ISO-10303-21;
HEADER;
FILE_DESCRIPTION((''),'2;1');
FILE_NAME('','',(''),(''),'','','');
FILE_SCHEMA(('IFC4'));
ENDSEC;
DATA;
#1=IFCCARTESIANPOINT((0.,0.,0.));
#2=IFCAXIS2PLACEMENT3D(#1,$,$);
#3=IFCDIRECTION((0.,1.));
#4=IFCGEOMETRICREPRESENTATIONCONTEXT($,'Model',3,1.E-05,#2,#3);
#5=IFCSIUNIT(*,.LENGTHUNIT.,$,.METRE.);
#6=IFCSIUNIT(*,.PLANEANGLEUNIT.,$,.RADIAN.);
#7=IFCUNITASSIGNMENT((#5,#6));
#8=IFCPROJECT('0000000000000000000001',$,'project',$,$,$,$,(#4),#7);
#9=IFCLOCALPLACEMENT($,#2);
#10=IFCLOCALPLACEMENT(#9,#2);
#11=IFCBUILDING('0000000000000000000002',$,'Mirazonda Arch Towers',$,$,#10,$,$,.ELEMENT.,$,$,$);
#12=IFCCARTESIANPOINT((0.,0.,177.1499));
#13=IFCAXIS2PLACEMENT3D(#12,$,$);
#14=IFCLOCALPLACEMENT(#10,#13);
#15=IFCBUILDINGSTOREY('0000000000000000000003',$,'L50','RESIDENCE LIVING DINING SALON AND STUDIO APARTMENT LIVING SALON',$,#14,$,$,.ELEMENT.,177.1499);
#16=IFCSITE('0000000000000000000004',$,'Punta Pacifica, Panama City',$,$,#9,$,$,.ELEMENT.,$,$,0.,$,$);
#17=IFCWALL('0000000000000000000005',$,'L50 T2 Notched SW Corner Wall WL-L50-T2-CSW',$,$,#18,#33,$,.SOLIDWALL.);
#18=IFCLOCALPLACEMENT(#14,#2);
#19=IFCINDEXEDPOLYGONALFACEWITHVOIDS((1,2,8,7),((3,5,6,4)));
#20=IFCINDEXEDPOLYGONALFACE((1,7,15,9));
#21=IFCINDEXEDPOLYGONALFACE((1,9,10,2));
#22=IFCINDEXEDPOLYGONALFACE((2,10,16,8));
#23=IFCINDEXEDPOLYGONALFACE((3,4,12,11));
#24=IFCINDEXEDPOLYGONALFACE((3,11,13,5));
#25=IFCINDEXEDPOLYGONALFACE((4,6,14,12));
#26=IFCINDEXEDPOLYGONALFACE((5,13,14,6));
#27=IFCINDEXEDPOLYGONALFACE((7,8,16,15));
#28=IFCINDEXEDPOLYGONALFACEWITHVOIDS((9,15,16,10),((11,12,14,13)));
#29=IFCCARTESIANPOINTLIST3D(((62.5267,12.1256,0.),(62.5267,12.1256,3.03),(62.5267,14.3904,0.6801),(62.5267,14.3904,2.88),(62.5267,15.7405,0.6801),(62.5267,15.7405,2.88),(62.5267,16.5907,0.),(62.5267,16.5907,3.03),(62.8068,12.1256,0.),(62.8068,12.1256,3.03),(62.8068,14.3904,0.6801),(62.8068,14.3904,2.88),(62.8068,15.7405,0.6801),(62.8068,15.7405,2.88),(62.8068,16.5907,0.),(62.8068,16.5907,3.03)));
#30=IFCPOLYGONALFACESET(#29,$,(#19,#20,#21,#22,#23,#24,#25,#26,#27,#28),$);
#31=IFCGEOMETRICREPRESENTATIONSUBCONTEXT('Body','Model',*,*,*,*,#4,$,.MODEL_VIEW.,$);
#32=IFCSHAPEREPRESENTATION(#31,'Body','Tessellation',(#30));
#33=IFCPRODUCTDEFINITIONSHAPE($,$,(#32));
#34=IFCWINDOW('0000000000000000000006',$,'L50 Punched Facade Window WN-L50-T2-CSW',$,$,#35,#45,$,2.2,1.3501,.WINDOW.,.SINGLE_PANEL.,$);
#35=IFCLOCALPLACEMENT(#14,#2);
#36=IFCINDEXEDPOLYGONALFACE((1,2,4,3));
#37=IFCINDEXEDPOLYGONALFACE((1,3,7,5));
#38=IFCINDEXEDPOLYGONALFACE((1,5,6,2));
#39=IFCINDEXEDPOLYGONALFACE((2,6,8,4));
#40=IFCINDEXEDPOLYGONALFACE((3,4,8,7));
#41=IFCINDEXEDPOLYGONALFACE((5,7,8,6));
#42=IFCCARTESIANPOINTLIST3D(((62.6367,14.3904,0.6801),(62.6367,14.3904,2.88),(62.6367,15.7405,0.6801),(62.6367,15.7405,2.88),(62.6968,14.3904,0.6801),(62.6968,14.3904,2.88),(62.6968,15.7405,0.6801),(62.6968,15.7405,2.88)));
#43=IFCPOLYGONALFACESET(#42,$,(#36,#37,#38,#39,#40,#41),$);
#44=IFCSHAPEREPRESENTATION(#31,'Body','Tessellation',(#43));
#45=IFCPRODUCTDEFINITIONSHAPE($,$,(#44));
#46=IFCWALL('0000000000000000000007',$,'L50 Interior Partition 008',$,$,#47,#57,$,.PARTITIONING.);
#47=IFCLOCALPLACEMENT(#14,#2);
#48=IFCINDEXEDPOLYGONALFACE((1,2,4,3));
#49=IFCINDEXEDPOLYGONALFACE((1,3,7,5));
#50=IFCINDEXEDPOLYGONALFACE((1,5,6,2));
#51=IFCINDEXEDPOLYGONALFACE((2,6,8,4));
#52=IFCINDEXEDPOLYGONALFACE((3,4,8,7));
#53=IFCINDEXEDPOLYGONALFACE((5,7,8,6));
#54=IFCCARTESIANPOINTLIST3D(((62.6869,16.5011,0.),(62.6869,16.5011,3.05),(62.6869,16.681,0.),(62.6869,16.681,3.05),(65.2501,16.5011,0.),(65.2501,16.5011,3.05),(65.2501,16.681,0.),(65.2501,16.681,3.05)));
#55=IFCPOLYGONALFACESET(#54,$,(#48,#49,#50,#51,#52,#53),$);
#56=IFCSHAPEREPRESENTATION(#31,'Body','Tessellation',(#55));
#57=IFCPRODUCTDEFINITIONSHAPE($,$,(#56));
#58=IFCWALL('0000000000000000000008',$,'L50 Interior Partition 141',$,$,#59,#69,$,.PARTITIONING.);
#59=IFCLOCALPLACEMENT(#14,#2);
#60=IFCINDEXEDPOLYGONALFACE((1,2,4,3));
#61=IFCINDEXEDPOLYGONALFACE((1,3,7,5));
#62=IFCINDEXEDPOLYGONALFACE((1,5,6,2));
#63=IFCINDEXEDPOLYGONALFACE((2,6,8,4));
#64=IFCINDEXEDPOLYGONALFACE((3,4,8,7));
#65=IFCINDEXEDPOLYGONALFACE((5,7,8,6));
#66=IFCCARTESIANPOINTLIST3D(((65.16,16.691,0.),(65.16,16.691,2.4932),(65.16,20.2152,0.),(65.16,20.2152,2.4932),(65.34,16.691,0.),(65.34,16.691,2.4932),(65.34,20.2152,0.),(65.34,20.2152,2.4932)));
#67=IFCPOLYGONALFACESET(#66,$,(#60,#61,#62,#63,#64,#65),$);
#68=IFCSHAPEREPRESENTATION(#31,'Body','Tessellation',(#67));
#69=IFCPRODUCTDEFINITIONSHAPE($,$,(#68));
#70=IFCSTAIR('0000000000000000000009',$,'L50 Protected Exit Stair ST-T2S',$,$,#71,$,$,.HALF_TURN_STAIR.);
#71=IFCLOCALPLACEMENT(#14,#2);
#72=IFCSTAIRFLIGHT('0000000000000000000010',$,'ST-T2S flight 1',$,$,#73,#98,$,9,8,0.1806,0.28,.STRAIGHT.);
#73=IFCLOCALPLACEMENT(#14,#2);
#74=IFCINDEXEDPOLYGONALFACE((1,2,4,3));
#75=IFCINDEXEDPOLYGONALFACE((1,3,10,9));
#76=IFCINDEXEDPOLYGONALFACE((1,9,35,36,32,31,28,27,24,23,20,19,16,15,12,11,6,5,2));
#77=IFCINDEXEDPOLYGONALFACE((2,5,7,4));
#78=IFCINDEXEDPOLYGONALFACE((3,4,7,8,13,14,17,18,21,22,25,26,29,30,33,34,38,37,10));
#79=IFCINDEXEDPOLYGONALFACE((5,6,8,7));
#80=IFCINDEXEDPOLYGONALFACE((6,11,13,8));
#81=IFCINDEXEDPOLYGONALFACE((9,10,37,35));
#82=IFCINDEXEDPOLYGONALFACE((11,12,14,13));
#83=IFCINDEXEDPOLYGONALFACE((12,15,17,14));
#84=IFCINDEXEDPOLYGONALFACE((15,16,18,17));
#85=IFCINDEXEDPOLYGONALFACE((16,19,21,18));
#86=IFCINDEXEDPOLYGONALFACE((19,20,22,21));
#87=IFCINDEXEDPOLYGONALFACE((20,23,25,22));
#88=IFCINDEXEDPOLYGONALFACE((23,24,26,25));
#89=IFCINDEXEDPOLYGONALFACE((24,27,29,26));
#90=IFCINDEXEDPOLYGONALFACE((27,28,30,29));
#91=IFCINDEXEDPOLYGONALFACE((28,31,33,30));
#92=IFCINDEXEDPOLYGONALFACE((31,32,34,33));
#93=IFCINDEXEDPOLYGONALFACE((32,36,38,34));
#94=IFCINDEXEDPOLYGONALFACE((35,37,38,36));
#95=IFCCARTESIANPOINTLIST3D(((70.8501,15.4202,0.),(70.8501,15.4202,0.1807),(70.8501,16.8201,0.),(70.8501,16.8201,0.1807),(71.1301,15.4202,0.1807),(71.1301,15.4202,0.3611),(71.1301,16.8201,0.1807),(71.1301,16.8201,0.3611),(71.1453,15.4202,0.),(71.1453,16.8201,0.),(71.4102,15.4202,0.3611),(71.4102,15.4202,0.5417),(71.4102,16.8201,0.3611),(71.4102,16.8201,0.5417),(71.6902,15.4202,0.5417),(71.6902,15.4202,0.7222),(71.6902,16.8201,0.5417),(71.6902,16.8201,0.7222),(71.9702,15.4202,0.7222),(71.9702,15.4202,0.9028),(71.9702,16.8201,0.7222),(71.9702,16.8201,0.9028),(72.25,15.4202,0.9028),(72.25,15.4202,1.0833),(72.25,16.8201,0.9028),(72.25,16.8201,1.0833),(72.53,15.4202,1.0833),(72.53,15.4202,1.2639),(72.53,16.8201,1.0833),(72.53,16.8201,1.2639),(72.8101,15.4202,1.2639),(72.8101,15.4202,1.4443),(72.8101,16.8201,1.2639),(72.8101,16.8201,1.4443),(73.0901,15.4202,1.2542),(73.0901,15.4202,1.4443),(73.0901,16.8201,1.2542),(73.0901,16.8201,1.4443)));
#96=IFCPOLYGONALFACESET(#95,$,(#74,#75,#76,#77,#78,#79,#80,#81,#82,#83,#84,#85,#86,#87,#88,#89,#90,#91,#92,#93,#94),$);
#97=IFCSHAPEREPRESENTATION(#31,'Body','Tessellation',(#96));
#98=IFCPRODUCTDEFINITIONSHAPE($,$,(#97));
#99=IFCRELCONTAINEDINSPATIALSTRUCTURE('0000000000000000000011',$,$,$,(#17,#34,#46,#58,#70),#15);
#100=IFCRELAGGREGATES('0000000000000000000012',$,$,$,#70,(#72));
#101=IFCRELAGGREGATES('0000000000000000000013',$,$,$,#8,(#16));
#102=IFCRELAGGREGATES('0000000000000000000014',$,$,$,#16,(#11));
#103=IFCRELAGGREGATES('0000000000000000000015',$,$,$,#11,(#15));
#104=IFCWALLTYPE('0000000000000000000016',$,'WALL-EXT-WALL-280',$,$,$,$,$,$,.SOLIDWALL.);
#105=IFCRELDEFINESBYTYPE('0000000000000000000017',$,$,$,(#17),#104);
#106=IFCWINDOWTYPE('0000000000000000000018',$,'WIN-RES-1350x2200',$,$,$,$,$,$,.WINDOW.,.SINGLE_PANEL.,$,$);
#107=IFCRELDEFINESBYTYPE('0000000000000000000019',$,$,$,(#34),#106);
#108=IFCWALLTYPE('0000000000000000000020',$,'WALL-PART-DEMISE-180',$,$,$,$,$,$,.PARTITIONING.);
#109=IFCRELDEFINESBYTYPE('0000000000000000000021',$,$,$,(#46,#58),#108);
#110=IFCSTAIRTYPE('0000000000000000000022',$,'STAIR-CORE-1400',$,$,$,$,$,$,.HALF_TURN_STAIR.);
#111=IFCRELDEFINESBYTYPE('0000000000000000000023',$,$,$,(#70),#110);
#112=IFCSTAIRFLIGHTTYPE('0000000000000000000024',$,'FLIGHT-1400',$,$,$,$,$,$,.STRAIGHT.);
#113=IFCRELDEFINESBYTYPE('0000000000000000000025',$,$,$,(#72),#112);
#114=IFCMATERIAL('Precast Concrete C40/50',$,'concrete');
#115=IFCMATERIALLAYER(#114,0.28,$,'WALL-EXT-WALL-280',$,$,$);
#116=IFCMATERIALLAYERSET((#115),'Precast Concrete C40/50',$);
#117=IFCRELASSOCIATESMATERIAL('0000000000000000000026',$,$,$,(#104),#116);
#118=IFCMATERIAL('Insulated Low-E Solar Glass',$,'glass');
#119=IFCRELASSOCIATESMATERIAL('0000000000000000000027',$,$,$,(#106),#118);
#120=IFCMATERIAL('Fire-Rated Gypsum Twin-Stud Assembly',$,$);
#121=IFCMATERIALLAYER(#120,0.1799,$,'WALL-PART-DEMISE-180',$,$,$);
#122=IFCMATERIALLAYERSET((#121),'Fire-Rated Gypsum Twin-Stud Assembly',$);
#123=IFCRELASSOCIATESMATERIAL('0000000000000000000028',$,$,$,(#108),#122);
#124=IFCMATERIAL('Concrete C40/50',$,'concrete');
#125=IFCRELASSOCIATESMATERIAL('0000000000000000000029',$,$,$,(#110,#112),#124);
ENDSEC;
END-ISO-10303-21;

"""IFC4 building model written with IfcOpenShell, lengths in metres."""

from ifc_helpers import new_model, si_unit, direction, frame, frame_2d, origin, place, context, subcontext, project, spatial, polyline, rectangle, outline, extrude, material, layer, layer_set, type_object, element, fill, aggregate, save


model = new_model("IFC4")

# Units and contexts
model_context = context("Model", 3, precision=1e-05, world=origin(), true_north=direction((0.0, 1.0)))
body_context = subcontext(model_context, "Body", "Model", "MODEL_VIEW")
ifc_project = project(units=[si_unit("LENGTHUNIT", "METRE"), si_unit("PLANEANGLEUNIT", "RADIAN")], contexts=[model_context])

# Site, building, storey
site_placement = place(None, origin())
site = spatial("IfcSite", under=ifc_project, at=site_placement, Name="Punta Pacifica, Panama City", CompositionType="ELEMENT", RefElevation=0.0)
building_placement = place(site_placement, origin())
building = spatial("IfcBuilding", under=site, at=building_placement, Name="Mirazonda Arch Towers", CompositionType="ELEMENT")
storey_placement = place(building_placement, frame((0.0, 0.0, 177.1499)))
storey = spatial("IfcBuildingStorey", under=building, at=storey_placement, Name="L50", Description="RESIDENCE LIVING DINING SALON AND STUDIO APARTMENT LIVING SALON", CompositionType="ELEMENT", Elevation=177.1499)

# Shared definitions
ifc_material_1 = material(Name="Insulated Low-E Solar Glass", Category="glass")

# Wall, opening, window
ifc_material_2 = material(Name="Precast Concrete C40/50", Category="concrete")
ifc_layer_1 = layer(ifc_material_2, 0.28, Name="WALL-EXT-WALL-280")
ifc_layer_set_1 = layer_set([ifc_layer_1], Name="Precast Concrete C40/50")
wall_type_1 = type_object("IfcWallType", Name="WALL-EXT-WALL-280", PredefinedType="SOLIDWALL", material=ifc_layer_set_1)
wall_1_placement = place(storey_placement, frame((62.6667, 16.5906, 0.0), z_axis=(0.0, 0.0, 1.0), x_axis=(0.0, -1.0, 0.0)))
wall_1 = element("IfcWall", 1, at=wall_1_placement, inside=storey, type_object=wall_type_1, Name="L50 T2 Notched SW Corner Wall WL-L50-T2-CSW", PredefinedType="SOLIDWALL", context=body_context, shape_type="SweptSolid", body=[
    extrude(rectangle(XDim=4.4651, YDim=0.28, at=frame_2d((2.2324, 0.0))), origin(), (0.0, 0.0, 1.0), 3.03),
])
opening_placement = place(wall_1_placement, frame((0.8501, 0.0, 0.6799)))
opening = element("IfcOpeningElement", 2, at=opening_placement, cuts=wall_1, PredefinedType="OPENING", context=body_context, shape_type="SweptSolid", body=[
    extrude(rectangle(XDim=1.3501, YDim=2.2, at=frame_2d((0.675, 1.1001))), frame((0.0, 0.1499, 0.0), z_axis=(0.0, -1.0, 0.0), x_axis=(1.0, 0.0, 0.0)), (0.0, 0.0, 1.0), 0.3),
])
window_type = type_object("IfcWindowType", Name="WIN-RES-1350x2200", PartitioningType="SINGLE_PANEL", PredefinedType="WINDOW", material=ifc_material_1)
window_placement = place(opening_placement, origin())
window = element("IfcWindow", 3, at=window_placement, inside=storey, type_object=window_type, Name="L50 Punched Facade Window WN-L50-T2-CSW", OverallHeight=2.2, OverallWidth=1.3501, PartitioningType="SINGLE_PANEL", PredefinedType="WINDOW", context=body_context, shape_type="SweptSolid", body=[
    extrude(rectangle(XDim=1.3501, YDim=2.2, at=frame_2d((0.675, 1.1001))), frame((0.0, 0.03, 0.0), z_axis=(0.0, -1.0, 0.0), x_axis=(1.0, 0.0, 0.0)), (0.0, 0.0, 1.0), 0.0601),
])
fill(opening, window)

# Walls
ifc_material_3 = material(Name="Fire-Rated Gypsum Twin-Stud Assembly")
ifc_layer_2 = layer(ifc_material_3, 0.1799, Name="WALL-PART-DEMISE-180")
ifc_layer_set_2 = layer_set([ifc_layer_2], Name="Fire-Rated Gypsum Twin-Stud Assembly")
wall_type_2 = type_object("IfcWallType", Name="WALL-PART-DEMISE-180", PredefinedType="PARTITIONING", material=ifc_layer_set_2)
wall_2_placement = place(storey_placement, frame((62.6868, 16.5911, 0.0), z_axis=(0.0, 0.0, 1.0), x_axis=(1.0, 0.0, 0.0)))
element("IfcWall", 4, at=wall_2_placement, inside=storey, type_object=wall_type_2, Name="L50 Interior Partition 008", PredefinedType="PARTITIONING", context=body_context, shape_type="SweptSolid", body=[
    extrude(rectangle(XDim=2.5632, YDim=0.1799, at=frame_2d((1.2817, 0.0))), origin(), (0.0, 0.0, 1.0), 3.05),
])
wall_3_placement = place(storey_placement, frame((65.25, 16.6909, 0.0), z_axis=(0.0, 0.0, 1.0), x_axis=(0.0, 1.0, 0.0)))
element("IfcWall", 5, at=wall_3_placement, inside=storey, type_object=wall_type_2, Name="L50 Interior Partition 141", PredefinedType="PARTITIONING", context=body_context, shape_type="SweptSolid", body=[
    extrude(rectangle(XDim=3.5242, YDim=0.1799, at=frame_2d((1.7622, 0.0))), origin(), (0.0, 0.0, 1.0), 2.4932),
])

# Stair, stair flight
ifc_material_4 = material(Name="Concrete C40/50", Category="concrete")
stair_type = type_object("IfcStairType", Name="STAIR-CORE-1400", PredefinedType="HALF_TURN_STAIR", material=ifc_material_4)
stair_placement = place(storey_placement, origin())
stair = element("IfcStair", 6, at=stair_placement, inside=storey, type_object=stair_type, Name="L50 Protected Exit Stair ST-T2S", PredefinedType="HALF_TURN_STAIR")
stair_flight_type = type_object("IfcStairFlightType", Name="FLIGHT-1400", PredefinedType="STRAIGHT", material=ifc_material_4)
stair_flight_placement = place(storey_placement, frame((70.8501, 16.1201, 0.0), z_axis=(0.0, 0.0, 1.0), x_axis=(1.0, 0.0, 0.0)))
stair_flight = element("IfcStairFlight", 7, at=stair_flight_placement, type_object=stair_flight_type, Name="ST-T2S flight 1", NumberOfRisers=9, NumberOfTreads=8, PredefinedType="STRAIGHT", RiserHeight=0.1806, TreadLength=0.28, context=body_context, shape_type="SweptSolid", body=[
    extrude(outline(polyline([(0.0, 0.0), (0.0, 0.1807), (0.28, 0.1807), (0.28, 0.3611), (0.5601, 0.3611), (0.5601, 0.5417), (0.8401, 0.5417), (0.8401, 0.7222), (1.1201, 0.7222), (1.1201, 0.9028), (1.3999, 0.9028), (1.3999, 1.0833), (1.6799, 1.0833), (1.6799, 1.2639), (1.96, 1.2639), (1.96, 1.4443), (2.24, 1.4443), (2.24, 1.625), (2.24, 1.2542), (0.2952, 0.0), (0.0, 0.0)])), frame((0.0, 0.7, 0.0), z_axis=(0.0, -1.0, 0.0), x_axis=(1.0, 0.0, 0.0)), (0.0, 0.0, 1.0), 1.3999),
])
aggregate(stair, [stair_flight])

save(model, "model.ifc")
